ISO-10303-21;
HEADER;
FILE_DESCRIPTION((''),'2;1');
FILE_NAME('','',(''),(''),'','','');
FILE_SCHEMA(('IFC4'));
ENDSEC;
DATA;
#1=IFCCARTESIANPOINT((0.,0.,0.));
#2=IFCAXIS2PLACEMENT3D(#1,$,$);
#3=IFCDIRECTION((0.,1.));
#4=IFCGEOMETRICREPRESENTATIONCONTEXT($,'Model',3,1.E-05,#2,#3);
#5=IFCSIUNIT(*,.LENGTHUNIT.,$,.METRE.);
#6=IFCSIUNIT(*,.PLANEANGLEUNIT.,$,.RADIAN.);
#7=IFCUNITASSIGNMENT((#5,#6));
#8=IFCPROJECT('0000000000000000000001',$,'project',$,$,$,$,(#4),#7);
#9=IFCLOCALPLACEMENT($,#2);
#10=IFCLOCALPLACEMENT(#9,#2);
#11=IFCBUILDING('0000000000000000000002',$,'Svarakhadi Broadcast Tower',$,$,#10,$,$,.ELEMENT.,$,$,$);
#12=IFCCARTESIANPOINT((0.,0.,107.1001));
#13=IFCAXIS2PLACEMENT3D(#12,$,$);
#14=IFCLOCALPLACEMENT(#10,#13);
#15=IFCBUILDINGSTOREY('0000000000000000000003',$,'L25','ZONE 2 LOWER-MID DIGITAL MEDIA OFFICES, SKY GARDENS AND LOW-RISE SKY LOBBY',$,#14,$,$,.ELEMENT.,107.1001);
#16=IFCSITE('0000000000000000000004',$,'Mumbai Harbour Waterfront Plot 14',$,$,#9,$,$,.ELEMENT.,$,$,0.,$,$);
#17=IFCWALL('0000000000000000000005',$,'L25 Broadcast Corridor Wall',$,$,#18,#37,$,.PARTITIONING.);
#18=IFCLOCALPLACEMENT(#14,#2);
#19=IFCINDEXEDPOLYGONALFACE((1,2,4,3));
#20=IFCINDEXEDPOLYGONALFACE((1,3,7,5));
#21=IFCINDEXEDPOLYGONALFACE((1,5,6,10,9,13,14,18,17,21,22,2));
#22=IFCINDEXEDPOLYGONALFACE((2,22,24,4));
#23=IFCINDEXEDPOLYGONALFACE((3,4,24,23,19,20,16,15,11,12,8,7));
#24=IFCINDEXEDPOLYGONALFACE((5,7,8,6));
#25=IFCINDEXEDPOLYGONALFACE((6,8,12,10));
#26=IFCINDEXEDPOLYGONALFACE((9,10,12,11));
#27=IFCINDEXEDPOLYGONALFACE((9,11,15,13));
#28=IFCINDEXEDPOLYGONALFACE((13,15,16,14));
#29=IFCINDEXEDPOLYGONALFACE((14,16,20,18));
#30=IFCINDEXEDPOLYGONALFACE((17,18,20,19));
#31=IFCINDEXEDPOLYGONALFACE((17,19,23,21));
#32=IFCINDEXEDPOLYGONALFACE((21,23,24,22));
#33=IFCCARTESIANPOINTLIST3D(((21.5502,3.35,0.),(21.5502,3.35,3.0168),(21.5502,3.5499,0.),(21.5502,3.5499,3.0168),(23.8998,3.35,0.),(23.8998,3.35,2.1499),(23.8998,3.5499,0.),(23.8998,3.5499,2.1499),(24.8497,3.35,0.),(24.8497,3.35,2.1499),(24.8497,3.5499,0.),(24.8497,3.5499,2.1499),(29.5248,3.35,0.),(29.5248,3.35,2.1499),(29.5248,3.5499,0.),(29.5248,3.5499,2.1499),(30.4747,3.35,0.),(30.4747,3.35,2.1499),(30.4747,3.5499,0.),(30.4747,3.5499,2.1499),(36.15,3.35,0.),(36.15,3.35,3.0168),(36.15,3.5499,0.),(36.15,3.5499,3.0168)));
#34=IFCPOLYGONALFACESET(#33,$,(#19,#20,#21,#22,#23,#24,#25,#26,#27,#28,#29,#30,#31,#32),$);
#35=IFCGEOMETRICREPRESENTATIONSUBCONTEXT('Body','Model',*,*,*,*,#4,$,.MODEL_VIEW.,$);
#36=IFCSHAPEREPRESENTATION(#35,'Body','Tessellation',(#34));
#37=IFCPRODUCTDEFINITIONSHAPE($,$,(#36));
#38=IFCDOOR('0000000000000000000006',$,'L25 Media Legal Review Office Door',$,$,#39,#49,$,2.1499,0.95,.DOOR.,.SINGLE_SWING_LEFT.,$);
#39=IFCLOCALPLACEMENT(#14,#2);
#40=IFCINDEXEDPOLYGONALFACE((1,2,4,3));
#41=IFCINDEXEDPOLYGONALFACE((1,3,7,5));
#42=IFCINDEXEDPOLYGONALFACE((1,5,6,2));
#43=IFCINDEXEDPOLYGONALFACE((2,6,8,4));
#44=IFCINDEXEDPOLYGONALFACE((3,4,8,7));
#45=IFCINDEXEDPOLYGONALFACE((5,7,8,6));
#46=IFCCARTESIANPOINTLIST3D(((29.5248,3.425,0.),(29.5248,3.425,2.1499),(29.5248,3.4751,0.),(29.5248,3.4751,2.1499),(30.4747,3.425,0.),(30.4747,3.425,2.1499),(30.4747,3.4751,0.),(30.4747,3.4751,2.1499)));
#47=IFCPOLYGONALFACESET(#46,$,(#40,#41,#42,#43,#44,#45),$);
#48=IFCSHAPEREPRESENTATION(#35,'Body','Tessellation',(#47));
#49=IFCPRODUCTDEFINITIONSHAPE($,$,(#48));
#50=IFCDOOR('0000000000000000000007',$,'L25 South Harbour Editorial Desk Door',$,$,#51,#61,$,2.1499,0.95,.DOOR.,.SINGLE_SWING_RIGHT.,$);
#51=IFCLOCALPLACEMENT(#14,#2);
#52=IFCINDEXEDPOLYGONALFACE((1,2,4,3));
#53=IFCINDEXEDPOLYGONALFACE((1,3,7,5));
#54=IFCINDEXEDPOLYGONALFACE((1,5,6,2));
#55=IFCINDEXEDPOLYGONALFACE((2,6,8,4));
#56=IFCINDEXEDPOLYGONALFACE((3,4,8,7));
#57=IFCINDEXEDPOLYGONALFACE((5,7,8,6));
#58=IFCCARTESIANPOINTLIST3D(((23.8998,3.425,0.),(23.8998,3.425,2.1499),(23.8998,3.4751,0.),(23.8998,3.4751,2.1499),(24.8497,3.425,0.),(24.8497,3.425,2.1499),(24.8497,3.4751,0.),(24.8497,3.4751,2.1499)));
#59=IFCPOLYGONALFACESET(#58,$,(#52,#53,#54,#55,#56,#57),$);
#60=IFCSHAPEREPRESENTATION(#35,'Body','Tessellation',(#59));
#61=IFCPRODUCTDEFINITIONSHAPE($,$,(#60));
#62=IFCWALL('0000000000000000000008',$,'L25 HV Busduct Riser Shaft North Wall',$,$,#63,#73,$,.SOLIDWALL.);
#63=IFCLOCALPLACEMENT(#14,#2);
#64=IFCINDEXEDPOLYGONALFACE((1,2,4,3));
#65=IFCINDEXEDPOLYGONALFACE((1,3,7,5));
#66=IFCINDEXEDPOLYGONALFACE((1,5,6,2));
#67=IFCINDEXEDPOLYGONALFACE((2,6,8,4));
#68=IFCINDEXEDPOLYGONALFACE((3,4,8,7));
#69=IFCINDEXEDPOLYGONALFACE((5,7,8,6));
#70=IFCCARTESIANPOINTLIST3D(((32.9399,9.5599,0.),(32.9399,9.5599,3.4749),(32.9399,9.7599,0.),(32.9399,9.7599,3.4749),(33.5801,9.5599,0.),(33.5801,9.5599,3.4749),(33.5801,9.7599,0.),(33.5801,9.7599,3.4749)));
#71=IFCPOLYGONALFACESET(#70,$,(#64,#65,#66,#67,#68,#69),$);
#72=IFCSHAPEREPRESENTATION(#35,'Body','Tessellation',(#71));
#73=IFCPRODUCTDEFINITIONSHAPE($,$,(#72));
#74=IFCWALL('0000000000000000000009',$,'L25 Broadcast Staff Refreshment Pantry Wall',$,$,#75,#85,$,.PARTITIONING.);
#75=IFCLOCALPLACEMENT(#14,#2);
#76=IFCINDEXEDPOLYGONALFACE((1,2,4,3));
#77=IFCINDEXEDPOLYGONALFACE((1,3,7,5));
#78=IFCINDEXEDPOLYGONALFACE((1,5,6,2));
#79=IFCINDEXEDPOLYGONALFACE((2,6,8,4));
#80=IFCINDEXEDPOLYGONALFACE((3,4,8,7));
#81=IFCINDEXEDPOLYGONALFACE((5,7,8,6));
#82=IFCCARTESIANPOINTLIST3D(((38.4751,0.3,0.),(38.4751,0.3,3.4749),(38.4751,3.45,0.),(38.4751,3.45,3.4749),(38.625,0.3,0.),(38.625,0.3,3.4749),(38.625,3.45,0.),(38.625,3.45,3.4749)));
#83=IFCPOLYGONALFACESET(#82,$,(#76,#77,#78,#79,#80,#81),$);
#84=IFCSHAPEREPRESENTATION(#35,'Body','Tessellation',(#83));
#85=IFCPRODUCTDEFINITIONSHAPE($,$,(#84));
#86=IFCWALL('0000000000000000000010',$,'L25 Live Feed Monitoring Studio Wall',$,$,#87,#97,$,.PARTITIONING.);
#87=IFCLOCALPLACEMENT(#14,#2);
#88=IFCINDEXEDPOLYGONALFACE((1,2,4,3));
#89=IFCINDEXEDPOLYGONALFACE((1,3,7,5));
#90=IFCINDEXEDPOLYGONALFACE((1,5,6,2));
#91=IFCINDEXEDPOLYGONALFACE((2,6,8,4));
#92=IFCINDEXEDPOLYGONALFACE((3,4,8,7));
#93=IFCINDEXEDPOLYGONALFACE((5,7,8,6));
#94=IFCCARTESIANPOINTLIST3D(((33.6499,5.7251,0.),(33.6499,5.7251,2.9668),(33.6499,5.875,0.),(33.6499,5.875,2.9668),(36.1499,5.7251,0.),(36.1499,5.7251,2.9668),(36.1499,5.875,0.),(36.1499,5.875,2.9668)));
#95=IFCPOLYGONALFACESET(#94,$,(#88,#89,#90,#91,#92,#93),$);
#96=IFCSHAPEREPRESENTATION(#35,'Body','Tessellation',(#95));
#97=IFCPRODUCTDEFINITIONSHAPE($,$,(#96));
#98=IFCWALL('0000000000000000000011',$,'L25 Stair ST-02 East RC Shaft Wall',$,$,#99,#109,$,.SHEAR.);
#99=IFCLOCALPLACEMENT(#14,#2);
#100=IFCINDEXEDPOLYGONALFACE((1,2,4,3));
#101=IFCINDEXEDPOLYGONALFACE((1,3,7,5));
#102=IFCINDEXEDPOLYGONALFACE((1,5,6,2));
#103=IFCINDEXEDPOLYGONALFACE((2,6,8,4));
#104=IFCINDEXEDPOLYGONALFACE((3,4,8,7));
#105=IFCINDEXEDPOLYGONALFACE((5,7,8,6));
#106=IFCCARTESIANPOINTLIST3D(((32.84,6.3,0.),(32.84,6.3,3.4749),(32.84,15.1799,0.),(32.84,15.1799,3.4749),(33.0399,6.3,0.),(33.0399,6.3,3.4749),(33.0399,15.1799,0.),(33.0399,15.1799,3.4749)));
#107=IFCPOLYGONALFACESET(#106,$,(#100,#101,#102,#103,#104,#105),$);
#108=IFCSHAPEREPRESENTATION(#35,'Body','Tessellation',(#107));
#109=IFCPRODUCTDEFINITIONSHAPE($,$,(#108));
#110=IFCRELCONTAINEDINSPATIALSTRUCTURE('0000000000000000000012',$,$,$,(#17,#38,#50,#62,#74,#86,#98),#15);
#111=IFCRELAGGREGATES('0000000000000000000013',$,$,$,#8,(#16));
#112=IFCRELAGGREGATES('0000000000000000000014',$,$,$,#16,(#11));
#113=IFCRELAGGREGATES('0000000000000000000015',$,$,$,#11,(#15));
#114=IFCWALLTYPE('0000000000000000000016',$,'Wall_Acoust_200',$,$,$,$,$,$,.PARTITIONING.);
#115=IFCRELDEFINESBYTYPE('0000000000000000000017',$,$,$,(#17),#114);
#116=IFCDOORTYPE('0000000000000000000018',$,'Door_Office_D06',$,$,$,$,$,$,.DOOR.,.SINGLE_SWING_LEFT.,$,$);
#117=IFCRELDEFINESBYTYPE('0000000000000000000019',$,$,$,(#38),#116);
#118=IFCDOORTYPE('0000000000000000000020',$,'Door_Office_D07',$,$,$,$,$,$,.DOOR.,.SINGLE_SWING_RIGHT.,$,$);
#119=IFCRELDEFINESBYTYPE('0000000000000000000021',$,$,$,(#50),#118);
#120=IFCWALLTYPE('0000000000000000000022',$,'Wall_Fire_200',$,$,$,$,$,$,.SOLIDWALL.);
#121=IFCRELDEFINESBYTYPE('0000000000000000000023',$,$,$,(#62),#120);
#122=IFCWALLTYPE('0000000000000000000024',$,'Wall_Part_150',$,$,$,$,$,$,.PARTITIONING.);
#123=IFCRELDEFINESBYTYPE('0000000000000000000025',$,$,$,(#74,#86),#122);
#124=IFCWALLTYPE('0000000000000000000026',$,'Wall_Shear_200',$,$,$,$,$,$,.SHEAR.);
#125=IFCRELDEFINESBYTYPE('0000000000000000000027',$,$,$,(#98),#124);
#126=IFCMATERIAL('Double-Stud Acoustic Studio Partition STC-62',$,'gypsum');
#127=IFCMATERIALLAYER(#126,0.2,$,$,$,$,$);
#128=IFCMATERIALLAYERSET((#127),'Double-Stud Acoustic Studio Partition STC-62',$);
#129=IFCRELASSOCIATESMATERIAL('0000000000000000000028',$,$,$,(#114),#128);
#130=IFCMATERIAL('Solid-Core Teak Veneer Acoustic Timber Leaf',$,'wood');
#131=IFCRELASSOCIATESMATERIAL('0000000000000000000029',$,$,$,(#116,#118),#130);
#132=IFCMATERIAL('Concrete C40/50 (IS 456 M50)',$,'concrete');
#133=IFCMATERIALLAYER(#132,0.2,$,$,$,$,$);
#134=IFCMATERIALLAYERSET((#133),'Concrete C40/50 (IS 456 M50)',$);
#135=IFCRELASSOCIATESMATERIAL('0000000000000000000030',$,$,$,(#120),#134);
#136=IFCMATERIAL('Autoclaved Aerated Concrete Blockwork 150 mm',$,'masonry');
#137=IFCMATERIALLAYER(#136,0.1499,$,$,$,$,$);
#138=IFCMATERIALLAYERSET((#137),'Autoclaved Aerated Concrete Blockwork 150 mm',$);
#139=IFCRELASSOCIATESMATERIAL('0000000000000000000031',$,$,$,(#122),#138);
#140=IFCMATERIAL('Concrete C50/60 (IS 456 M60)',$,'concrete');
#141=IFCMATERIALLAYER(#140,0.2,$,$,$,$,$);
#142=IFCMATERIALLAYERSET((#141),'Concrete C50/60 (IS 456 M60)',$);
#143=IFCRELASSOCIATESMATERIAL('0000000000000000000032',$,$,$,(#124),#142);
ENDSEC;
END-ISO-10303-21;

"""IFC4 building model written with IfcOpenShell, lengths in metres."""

from ifc_helpers import new_model, si_unit, direction, frame, frame_2d, origin, place, context, subcontext, project, spatial, rectangle, extrude, material, layer, layer_set, type_object, element, fill, save


model = new_model("IFC4")

# Units and contexts
model_context = context("Model", 3, precision=1e-05, world=origin(), true_north=direction((0.0, 1.0)))
body_context = subcontext(model_context, "Body", "Model", "MODEL_VIEW")
ifc_project = project(units=[si_unit("LENGTHUNIT", "METRE"), si_unit("PLANEANGLEUNIT", "RADIAN")], contexts=[model_context])

# Site, building, storey
site_placement = place(None, origin())
site = spatial("IfcSite", under=ifc_project, at=site_placement, Name="Mumbai Harbour Waterfront Plot 14", CompositionType="ELEMENT", RefElevation=0.0)
building_placement = place(site_placement, origin())
building = spatial("IfcBuilding", under=site, at=building_placement, Name="Svarakhadi Broadcast Tower", CompositionType="ELEMENT")
storey_placement = place(building_placement, frame((0.0, 0.0, 107.1001)))
storey = spatial("IfcBuildingStorey", under=building, at=storey_placement, Name="L25", Description="ZONE 2 LOWER-MID DIGITAL MEDIA OFFICES, SKY GARDENS AND LOW-RISE SKY LOBBY", CompositionType="ELEMENT", Elevation=107.1001)

# Shared definitions
ifc_material_1 = material(Name="Concrete C50/60 (IS 456 M60)", Category="concrete")

# Shared definitions
ifc_material_2 = material(Name="Double-Stud Acoustic Studio Partition STC-62", Category="gypsum")
ifc_layer_1 = layer(ifc_material_2, 0.2)
ifc_layer_set_1 = layer_set([ifc_layer_1], Name="Double-Stud Acoustic Studio Partition STC-62")
wall_type_1 = type_object("IfcWallType", Name="Wall_Acoust_200", PredefinedType="PARTITIONING", material=ifc_layer_set_1)
ifc_material_3 = material(Name="Solid-Core Teak Veneer Acoustic Timber Leaf", Category="wood")
door_type_1 = type_object("IfcDoorType", Name="Door_Office_D06", OperationType="SINGLE_SWING_LEFT", PredefinedType="DOOR", material=ifc_material_3)

# Wall, openings, doors
wall_1_placement = place(storey_placement, frame((36.1499, 3.45, 0.0), z_axis=(0.0, 0.0, 1.0), x_axis=(-1.0, 0.0, 0.0)))
wall_1 = element("IfcWall", 1, at=wall_1_placement, inside=storey, type_object=wall_type_1, Name="L25 Broadcast Corridor Wall", PredefinedType="PARTITIONING", context=body_context, shape_type="SweptSolid", body=[
    extrude(rectangle(XDim=14.5999, YDim=0.2, at=frame_2d((7.2998, 0.0))), origin(), (0.0, 0.0, 1.0), 3.0168),
])
opening_1_placement = place(wall_1_placement, frame((11.3, 0.0, 0.0)))
opening_1 = element("IfcOpeningElement", 2, at=opening_1_placement, cuts=wall_1, PredefinedType="OPENING", context=body_context, shape_type="SweptSolid", body=[
    extrude(rectangle(XDim=0.95, YDim=2.1499, at=frame_2d((0.4751, 1.075))), frame((0.0, 0.1099, 0.0), z_axis=(0.0, -1.0, 0.0), x_axis=(1.0, 0.0, 0.0)), (0.0, 0.0, 1.0), 0.22),
])
opening_2_placement = place(wall_1_placement, frame((5.675, 0.0, 0.0)))
opening_2 = element("IfcOpeningElement", 3, at=opening_2_placement, cuts=wall_1, PredefinedType="OPENING", context=body_context, shape_type="SweptSolid", body=[
    extrude(rectangle(XDim=0.95, YDim=2.1499, at=frame_2d((0.4751, 1.075))), frame((0.0, 0.1099, 0.0), z_axis=(0.0, -1.0, 0.0), x_axis=(1.0, 0.0, 0.0)), (0.0, 0.0, 1.0), 0.22),
])
door_1_placement = place(opening_2_placement, origin())
door_1 = element("IfcDoor", 4, at=door_1_placement, inside=storey, type_object=door_type_1, Name="L25 Media Legal Review Office Door", OperationType="SINGLE_SWING_LEFT", OverallHeight=2.1499, OverallWidth=0.95, PredefinedType="DOOR", context=body_context, shape_type="SweptSolid", body=[
    extrude(rectangle(XDim=0.95, YDim=2.1499, at=frame_2d((0.4751, 1.075))), frame((0.0, 0.0249, 0.0), z_axis=(0.0, -1.0, 0.0), x_axis=(1.0, 0.0, 0.0)), (0.0, 0.0, 1.0), 0.05),
])
fill(opening_2, door_1)
door_type_2 = type_object("IfcDoorType", Name="Door_Office_D07", OperationType="SINGLE_SWING_RIGHT", PredefinedType="DOOR", material=ifc_material_3)
door_2_placement = place(opening_1_placement, origin())
door_2 = element("IfcDoor", 5, at=door_2_placement, inside=storey, type_object=door_type_2, Name="L25 South Harbour Editorial Desk Door", OperationType="SINGLE_SWING_RIGHT", OverallHeight=2.1499, OverallWidth=0.95, PredefinedType="DOOR", context=body_context, shape_type="SweptSolid", body=[
    extrude(rectangle(XDim=0.95, YDim=2.1499, at=frame_2d((0.4751, 1.075))), frame((0.0, 0.0249, 0.0), z_axis=(0.0, -1.0, 0.0), x_axis=(1.0, 0.0, 0.0)), (0.0, 0.0, 1.0), 0.05),
])
fill(opening_1, door_2)

# Walls
ifc_material_4 = material(Name="Concrete C40/50 (IS 456 M50)", Category="concrete")
ifc_layer_2 = layer(ifc_material_4, 0.2)
ifc_layer_set_2 = layer_set([ifc_layer_2], Name="Concrete C40/50 (IS 456 M50)")
wall_type_2 = type_object("IfcWallType", Name="Wall_Fire_200", PredefinedType="SOLIDWALL", material=ifc_layer_set_2)
wall_2_placement = place(storey_placement, frame((32.9399, 9.6599, 0.0), z_axis=(0.0, 0.0, 1.0), x_axis=(1.0, 0.0, 0.0)))
element("IfcWall", 6, at=wall_2_placement, inside=storey, type_object=wall_type_2, Name="L25 HV Busduct Riser Shaft North Wall", PredefinedType="SOLIDWALL", context=body_context, shape_type="SweptSolid", body=[
    extrude(rectangle(XDim=0.6401, YDim=0.2, at=frame_2d((0.3201, 0.0))), origin(), (0.0, 0.0, 1.0), 3.4749),
])
ifc_material_5 = material(Name="Autoclaved Aerated Concrete Blockwork 150 mm", Category="masonry")
ifc_layer_3 = layer(ifc_material_5, 0.1499)
ifc_layer_set_3 = layer_set([ifc_layer_3], Name="Autoclaved Aerated Concrete Blockwork 150 mm")
wall_type_3 = type_object("IfcWallType", Name="Wall_Part_150", PredefinedType="PARTITIONING", material=ifc_layer_set_3)
wall_3_placement = place(storey_placement, frame((38.55, 0.3, 0.0), z_axis=(0.0, 0.0, 1.0), x_axis=(0.0, 1.0, 0.0)))
element("IfcWall", 7, at=wall_3_placement, inside=storey, type_object=wall_type_3, Name="L25 Broadcast Staff Refreshment Pantry Wall", PredefinedType="PARTITIONING", context=body_context, shape_type="SweptSolid", body=[
    extrude(rectangle(XDim=3.1499, YDim=0.1499, at=frame_2d((1.575, 0.0))), origin(), (0.0, 0.0, 1.0), 3.4749),
])
wall_4_placement = place(storey_placement, frame((33.6499, 5.8, 0.0), z_axis=(0.0, 0.0, 1.0), x_axis=(1.0, 0.0, 0.0)))
element("IfcWall", 8, at=wall_4_placement, inside=storey, type_object=wall_type_3, Name="L25 Live Feed Monitoring Studio Wall", PredefinedType="PARTITIONING", context=body_context, shape_type="SweptSolid", body=[
    extrude(rectangle(XDim=2.5, YDim=0.1499, at=frame_2d((1.25, 0.0))), origin(), (0.0, 0.0, 1.0), 2.9668),
])
ifc_layer_4 = layer(ifc_material_1, 0.2)
ifc_layer_set_4 = layer_set([ifc_layer_4], Name="Concrete C50/60 (IS 456 M60)")
wall_type_4 = type_object("IfcWallType", Name="Wall_Shear_200", PredefinedType="SHEAR", material=ifc_layer_set_4)
wall_5_placement = place(storey_placement, frame((32.9399, 6.3, 0.0), z_axis=(0.0, 0.0, 1.0), x_axis=(0.0, 1.0, 0.0)))
element("IfcWall", 9, at=wall_5_placement, inside=storey, type_object=wall_type_4, Name="L25 Stair ST-02 East RC Shaft Wall", PredefinedType="SHEAR", context=body_context, shape_type="SweptSolid", body=[
    extrude(rectangle(XDim=8.8799, YDim=0.2, at=frame_2d((4.4399, 0.0))), origin(), (0.0, 0.0, 1.0), 3.4749),
])

save(model, "model.ifc")
